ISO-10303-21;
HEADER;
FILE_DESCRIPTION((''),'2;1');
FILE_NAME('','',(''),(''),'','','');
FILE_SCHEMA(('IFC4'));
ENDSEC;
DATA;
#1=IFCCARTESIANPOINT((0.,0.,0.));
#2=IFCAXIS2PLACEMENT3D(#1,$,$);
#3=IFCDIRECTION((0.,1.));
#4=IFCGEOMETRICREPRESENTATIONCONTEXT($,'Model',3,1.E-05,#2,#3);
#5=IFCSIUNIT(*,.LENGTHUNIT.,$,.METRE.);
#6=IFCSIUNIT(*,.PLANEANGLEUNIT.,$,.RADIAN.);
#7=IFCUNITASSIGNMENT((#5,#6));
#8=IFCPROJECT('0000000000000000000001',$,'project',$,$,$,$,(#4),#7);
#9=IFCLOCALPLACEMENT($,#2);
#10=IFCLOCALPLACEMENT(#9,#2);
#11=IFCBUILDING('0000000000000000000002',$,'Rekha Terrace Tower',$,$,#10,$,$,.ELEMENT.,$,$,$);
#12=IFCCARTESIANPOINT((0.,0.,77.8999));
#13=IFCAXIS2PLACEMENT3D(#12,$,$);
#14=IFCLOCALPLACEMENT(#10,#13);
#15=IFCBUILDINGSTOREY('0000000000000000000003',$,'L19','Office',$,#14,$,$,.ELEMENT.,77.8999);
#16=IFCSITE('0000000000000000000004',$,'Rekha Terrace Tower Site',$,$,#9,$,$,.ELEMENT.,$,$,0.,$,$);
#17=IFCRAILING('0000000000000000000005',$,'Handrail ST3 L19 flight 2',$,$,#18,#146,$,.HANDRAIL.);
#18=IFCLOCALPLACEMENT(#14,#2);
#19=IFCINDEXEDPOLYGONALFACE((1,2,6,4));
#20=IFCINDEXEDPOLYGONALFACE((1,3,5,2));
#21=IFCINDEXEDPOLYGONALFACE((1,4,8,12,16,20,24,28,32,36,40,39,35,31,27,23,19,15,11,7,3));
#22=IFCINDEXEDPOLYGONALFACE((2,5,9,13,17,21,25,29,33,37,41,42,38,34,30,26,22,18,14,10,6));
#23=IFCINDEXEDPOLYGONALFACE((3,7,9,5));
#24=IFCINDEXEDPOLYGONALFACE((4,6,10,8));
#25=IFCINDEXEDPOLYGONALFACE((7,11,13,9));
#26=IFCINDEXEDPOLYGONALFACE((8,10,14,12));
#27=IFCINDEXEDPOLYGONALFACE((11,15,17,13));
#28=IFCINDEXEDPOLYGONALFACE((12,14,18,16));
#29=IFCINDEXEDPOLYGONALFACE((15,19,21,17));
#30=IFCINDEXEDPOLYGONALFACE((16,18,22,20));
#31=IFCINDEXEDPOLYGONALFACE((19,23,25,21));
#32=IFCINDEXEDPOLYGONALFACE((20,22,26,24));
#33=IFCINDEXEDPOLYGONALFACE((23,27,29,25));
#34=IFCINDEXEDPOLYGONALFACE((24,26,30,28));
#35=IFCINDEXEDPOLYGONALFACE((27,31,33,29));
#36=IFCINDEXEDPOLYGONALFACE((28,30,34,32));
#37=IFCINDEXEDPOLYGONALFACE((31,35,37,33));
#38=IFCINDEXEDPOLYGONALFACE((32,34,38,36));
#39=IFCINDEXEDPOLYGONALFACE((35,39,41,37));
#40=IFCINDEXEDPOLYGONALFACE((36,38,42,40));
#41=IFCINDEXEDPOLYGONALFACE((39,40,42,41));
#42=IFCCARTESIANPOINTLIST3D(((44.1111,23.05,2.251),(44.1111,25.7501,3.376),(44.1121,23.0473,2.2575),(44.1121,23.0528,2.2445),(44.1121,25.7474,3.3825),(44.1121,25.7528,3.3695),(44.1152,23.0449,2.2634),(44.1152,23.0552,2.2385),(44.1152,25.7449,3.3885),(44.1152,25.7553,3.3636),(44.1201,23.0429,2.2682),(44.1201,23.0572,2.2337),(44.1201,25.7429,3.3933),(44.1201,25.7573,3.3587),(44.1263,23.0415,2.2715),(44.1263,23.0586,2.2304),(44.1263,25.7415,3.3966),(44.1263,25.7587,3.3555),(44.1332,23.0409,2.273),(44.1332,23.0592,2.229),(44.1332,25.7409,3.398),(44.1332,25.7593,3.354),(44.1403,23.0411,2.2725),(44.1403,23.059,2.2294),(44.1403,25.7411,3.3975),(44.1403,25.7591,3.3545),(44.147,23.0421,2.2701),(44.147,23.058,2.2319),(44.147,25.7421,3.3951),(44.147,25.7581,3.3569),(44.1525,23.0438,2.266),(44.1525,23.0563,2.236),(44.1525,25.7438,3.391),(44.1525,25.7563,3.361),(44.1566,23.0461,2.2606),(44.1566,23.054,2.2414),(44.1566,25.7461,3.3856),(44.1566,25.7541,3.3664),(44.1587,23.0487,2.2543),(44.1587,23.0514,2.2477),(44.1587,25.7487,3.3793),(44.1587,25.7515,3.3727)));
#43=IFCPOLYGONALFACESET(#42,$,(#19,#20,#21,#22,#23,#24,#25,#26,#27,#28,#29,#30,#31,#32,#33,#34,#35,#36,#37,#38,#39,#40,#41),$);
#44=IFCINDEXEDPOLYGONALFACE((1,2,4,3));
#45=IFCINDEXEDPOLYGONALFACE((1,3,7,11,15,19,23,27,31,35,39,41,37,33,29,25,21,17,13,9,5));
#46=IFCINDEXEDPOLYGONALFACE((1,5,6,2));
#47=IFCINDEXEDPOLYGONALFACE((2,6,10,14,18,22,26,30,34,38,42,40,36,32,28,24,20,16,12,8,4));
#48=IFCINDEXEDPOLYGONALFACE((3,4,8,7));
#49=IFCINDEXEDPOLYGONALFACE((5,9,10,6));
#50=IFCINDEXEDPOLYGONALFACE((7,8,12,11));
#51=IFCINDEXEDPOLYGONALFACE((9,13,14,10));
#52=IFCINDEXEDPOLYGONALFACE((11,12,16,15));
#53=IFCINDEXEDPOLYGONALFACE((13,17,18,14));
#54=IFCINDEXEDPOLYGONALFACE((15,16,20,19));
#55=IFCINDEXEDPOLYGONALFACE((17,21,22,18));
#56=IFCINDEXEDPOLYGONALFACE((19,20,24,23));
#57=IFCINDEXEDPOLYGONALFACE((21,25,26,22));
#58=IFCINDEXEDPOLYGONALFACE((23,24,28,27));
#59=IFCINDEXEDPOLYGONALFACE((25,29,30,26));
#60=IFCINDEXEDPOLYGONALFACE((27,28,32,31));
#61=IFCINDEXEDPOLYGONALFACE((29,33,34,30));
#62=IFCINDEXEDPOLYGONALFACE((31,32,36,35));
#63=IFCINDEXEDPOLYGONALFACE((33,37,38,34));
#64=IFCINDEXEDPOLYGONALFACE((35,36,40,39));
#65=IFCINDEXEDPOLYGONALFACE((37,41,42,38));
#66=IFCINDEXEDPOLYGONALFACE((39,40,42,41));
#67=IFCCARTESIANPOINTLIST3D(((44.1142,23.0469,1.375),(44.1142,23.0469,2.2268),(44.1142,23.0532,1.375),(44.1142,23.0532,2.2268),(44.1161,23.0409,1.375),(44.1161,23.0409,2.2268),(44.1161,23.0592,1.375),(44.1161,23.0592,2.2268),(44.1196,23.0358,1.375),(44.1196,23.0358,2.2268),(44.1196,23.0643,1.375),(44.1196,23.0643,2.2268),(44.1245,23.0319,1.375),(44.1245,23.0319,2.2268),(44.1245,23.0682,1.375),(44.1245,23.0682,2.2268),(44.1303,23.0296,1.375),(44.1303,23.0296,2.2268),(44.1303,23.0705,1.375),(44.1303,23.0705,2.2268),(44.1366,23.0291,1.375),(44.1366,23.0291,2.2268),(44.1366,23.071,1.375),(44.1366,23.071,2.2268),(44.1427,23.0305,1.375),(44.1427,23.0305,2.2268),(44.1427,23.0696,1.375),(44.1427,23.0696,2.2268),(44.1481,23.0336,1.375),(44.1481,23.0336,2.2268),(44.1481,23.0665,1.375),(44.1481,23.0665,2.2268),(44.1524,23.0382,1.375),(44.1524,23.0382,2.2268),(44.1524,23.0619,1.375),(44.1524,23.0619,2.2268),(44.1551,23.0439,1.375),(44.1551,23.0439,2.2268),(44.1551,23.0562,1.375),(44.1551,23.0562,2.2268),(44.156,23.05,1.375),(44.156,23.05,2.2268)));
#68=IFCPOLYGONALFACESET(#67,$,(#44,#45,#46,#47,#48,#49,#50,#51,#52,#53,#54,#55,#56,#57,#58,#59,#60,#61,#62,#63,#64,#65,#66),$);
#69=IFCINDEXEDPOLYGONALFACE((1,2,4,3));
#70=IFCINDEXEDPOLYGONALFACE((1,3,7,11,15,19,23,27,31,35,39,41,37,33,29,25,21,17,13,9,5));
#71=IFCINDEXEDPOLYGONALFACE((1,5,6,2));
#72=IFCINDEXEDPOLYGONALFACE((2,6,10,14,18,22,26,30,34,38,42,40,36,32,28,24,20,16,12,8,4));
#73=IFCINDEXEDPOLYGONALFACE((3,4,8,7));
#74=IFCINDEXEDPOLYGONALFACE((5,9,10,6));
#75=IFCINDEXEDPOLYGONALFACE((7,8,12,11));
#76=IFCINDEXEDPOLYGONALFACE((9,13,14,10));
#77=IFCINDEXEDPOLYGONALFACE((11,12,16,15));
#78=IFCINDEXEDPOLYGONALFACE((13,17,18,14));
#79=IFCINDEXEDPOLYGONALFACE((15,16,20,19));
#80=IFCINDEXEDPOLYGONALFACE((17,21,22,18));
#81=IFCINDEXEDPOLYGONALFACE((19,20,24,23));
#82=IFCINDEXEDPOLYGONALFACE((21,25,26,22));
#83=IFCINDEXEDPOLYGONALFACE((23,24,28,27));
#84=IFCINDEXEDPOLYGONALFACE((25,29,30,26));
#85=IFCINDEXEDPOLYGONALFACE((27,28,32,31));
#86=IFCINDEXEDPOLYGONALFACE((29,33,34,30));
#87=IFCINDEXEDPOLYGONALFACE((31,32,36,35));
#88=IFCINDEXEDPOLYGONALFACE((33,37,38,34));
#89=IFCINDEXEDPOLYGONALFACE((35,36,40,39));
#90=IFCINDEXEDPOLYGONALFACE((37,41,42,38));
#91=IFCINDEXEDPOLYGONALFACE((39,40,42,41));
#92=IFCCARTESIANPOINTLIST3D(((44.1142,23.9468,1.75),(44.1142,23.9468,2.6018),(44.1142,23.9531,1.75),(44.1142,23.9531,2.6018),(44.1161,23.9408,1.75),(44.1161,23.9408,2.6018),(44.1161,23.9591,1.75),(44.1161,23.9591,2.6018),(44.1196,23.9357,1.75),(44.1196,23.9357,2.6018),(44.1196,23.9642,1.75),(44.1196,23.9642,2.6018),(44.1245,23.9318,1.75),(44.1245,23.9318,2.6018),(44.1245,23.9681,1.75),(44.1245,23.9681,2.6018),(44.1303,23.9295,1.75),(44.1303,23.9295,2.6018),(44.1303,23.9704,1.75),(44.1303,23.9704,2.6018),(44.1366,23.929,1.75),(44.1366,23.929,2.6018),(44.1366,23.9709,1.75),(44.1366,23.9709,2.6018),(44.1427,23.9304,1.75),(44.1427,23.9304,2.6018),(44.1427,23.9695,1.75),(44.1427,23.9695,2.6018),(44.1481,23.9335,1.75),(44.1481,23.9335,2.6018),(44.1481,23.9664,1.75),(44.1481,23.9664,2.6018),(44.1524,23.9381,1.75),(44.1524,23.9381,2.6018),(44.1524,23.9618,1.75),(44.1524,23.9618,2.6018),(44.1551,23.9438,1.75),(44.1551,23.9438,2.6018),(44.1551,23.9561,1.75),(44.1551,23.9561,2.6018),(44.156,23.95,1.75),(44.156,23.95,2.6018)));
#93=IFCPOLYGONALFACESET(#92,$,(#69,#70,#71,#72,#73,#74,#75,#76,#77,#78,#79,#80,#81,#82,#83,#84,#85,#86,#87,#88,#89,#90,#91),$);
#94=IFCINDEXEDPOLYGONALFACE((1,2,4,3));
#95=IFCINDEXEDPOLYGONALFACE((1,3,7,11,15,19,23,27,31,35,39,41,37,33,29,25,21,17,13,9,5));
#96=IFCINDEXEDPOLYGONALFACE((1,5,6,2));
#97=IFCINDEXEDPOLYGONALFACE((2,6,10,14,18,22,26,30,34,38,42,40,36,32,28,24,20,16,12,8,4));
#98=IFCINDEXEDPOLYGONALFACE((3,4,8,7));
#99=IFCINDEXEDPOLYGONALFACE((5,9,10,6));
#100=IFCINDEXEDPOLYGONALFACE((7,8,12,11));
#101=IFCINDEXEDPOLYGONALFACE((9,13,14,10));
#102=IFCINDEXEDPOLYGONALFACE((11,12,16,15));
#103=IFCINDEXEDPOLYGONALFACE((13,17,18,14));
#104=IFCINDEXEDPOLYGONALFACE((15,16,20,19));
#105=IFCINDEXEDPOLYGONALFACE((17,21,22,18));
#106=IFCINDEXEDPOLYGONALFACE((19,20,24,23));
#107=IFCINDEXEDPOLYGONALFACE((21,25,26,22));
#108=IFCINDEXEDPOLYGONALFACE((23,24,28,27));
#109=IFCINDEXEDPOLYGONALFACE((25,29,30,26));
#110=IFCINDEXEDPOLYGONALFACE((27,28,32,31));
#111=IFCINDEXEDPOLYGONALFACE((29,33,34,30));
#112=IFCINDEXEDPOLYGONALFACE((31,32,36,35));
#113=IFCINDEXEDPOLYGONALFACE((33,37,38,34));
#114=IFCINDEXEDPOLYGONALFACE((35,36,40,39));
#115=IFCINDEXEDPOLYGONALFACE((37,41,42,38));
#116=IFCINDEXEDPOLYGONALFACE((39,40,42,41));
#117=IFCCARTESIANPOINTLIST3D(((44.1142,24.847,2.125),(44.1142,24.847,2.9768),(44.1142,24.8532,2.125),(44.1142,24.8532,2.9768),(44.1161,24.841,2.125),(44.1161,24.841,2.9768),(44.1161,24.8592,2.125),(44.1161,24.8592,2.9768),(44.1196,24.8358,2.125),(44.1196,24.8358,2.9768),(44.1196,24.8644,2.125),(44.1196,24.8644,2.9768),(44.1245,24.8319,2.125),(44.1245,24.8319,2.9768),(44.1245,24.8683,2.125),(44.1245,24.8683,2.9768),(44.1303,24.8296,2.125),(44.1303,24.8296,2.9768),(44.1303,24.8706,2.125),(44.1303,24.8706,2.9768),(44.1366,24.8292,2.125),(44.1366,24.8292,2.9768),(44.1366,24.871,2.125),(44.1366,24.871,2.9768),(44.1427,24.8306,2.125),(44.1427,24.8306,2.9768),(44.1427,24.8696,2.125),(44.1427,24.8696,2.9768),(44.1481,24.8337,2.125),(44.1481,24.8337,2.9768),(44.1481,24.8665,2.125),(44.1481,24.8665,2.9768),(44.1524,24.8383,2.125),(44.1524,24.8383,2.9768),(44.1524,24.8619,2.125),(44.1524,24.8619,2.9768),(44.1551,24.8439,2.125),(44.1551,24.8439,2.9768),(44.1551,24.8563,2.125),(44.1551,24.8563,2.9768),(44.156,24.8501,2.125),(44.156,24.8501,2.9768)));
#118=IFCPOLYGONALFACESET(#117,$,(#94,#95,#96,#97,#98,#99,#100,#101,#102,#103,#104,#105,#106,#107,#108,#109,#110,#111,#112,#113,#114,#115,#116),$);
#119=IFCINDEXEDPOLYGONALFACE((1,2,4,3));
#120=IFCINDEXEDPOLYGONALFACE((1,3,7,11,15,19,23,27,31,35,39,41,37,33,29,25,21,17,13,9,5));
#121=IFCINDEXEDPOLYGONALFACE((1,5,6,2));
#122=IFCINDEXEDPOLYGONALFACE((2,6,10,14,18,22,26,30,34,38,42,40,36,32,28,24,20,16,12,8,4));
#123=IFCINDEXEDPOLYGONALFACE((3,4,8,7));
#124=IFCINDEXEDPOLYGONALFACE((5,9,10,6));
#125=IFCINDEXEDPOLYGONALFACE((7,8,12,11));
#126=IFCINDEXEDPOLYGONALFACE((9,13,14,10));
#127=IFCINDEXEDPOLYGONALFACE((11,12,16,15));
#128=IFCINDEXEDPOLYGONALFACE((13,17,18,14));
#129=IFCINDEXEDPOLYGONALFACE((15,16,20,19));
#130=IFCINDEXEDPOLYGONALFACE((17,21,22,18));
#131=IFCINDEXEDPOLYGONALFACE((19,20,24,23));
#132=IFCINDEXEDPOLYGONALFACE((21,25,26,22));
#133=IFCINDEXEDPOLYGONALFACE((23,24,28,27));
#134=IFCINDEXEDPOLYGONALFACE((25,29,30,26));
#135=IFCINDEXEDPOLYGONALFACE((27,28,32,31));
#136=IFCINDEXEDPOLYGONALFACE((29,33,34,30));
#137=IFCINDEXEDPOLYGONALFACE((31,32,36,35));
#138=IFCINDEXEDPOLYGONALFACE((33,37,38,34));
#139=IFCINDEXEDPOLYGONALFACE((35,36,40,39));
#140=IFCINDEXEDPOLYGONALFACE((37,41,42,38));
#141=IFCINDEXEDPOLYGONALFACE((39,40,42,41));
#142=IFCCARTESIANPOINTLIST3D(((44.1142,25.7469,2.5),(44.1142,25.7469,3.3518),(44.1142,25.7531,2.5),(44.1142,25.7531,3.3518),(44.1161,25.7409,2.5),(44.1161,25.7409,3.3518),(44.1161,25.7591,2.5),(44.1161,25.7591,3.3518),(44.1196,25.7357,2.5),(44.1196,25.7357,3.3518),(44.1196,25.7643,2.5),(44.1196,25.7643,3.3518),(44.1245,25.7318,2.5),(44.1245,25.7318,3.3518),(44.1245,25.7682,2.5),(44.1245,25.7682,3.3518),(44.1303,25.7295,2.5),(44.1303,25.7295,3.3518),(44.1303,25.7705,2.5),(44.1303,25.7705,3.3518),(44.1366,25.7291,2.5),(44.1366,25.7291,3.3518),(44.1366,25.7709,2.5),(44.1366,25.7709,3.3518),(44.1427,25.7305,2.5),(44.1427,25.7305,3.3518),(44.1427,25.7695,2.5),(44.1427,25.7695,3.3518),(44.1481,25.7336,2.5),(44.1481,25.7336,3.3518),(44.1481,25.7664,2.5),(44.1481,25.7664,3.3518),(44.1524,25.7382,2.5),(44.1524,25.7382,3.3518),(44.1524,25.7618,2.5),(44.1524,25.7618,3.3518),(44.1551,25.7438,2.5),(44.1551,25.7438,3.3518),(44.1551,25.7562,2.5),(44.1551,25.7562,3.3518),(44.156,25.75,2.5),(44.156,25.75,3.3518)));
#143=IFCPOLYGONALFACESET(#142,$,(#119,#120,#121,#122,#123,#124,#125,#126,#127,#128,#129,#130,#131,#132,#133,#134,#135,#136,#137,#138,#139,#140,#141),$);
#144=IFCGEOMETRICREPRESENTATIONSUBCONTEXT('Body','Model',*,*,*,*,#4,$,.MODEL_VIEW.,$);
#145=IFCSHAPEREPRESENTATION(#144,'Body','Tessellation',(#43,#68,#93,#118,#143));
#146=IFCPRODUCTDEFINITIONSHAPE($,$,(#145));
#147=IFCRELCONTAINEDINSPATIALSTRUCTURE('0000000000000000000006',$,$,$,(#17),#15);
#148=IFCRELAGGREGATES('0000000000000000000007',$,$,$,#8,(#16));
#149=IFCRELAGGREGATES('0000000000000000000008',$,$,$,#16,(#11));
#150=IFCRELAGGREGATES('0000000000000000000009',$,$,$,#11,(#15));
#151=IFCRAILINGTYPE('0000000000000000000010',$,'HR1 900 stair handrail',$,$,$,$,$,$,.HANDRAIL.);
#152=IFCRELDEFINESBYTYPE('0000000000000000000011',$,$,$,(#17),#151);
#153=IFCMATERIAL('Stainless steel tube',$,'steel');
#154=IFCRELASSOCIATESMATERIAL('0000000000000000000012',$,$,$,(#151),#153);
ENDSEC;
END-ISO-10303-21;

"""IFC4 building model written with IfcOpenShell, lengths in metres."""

from ifc_helpers import new_model, si_unit, direction, frame, origin, origin_2d, place, context, subcontext, project, spatial, circle, extrude, material, type_object, element, save


model = new_model("IFC4")

# Units and contexts
model_context = context("Model", 3, precision=1e-05, world=origin(), true_north=direction((0.0, 1.0)))
body_context = subcontext(model_context, "Body", "Model", "MODEL_VIEW")
ifc_project = project(units=[si_unit("LENGTHUNIT", "METRE"), si_unit("PLANEANGLEUNIT", "RADIAN")], contexts=[model_context])

# Site, building, storey
site_placement = place(None, origin())
site = spatial("IfcSite", under=ifc_project, at=site_placement, Name="Rekha Terrace Tower Site", CompositionType="ELEMENT", RefElevation=0.0)
building_placement = place(site_placement, origin())
building = spatial("IfcBuilding", under=site, at=building_placement, Name="Rekha Terrace Tower", CompositionType="ELEMENT")
storey_placement = place(building_placement, frame((0.0, 0.0, 77.8999)))
storey = spatial("IfcBuildingStorey", under=building, at=storey_placement, Name="L19", Description="Office", CompositionType="ELEMENT", Elevation=77.8999)

# Railing
ifc_material_1 = material(Name="Stainless steel tube", Category="steel")
railing_type = type_object("IfcRailingType", Name="HR1 900 stair handrail", PredefinedType="HANDRAIL", material=ifc_material_1)
railing_placement = place(storey_placement, frame((44.135, 23.05, 1.375)))
element("IfcRailing", 1, at=railing_placement, inside=storey, type_object=railing_type, Name="Handrail ST3 L19 flight 2", PredefinedType="HANDRAIL", context=body_context, shape_type="SweptSolid", body=[
    extrude(circle(Radius=0.0239, at=origin_2d()), frame((0.0, 0.0, 0.876), z_axis=(0.0, 0.923074, 0.384621), x_axis=(-1.0, 0.0, 0.0)), (0.0, 0.0, 1.0), 2.925),
    extrude(circle(Radius=0.021, at=origin_2d()), origin(), (0.0, 0.0, 1.0), 0.8518),
    extrude(circle(Radius=0.021, at=origin_2d()), frame((0.0, 0.8999, 0.375)), (0.0, 0.0, 1.0), 0.8518),
    extrude(circle(Radius=0.021, at=origin_2d()), frame((0.0, 1.8, 0.75)), (0.0, 0.0, 1.0), 0.8518),
    extrude(circle(Radius=0.021, at=origin_2d()), frame((0.0, 2.7, 1.125)), (0.0, 0.0, 1.0), 0.8518),
])

save(model, "model.ifc")
